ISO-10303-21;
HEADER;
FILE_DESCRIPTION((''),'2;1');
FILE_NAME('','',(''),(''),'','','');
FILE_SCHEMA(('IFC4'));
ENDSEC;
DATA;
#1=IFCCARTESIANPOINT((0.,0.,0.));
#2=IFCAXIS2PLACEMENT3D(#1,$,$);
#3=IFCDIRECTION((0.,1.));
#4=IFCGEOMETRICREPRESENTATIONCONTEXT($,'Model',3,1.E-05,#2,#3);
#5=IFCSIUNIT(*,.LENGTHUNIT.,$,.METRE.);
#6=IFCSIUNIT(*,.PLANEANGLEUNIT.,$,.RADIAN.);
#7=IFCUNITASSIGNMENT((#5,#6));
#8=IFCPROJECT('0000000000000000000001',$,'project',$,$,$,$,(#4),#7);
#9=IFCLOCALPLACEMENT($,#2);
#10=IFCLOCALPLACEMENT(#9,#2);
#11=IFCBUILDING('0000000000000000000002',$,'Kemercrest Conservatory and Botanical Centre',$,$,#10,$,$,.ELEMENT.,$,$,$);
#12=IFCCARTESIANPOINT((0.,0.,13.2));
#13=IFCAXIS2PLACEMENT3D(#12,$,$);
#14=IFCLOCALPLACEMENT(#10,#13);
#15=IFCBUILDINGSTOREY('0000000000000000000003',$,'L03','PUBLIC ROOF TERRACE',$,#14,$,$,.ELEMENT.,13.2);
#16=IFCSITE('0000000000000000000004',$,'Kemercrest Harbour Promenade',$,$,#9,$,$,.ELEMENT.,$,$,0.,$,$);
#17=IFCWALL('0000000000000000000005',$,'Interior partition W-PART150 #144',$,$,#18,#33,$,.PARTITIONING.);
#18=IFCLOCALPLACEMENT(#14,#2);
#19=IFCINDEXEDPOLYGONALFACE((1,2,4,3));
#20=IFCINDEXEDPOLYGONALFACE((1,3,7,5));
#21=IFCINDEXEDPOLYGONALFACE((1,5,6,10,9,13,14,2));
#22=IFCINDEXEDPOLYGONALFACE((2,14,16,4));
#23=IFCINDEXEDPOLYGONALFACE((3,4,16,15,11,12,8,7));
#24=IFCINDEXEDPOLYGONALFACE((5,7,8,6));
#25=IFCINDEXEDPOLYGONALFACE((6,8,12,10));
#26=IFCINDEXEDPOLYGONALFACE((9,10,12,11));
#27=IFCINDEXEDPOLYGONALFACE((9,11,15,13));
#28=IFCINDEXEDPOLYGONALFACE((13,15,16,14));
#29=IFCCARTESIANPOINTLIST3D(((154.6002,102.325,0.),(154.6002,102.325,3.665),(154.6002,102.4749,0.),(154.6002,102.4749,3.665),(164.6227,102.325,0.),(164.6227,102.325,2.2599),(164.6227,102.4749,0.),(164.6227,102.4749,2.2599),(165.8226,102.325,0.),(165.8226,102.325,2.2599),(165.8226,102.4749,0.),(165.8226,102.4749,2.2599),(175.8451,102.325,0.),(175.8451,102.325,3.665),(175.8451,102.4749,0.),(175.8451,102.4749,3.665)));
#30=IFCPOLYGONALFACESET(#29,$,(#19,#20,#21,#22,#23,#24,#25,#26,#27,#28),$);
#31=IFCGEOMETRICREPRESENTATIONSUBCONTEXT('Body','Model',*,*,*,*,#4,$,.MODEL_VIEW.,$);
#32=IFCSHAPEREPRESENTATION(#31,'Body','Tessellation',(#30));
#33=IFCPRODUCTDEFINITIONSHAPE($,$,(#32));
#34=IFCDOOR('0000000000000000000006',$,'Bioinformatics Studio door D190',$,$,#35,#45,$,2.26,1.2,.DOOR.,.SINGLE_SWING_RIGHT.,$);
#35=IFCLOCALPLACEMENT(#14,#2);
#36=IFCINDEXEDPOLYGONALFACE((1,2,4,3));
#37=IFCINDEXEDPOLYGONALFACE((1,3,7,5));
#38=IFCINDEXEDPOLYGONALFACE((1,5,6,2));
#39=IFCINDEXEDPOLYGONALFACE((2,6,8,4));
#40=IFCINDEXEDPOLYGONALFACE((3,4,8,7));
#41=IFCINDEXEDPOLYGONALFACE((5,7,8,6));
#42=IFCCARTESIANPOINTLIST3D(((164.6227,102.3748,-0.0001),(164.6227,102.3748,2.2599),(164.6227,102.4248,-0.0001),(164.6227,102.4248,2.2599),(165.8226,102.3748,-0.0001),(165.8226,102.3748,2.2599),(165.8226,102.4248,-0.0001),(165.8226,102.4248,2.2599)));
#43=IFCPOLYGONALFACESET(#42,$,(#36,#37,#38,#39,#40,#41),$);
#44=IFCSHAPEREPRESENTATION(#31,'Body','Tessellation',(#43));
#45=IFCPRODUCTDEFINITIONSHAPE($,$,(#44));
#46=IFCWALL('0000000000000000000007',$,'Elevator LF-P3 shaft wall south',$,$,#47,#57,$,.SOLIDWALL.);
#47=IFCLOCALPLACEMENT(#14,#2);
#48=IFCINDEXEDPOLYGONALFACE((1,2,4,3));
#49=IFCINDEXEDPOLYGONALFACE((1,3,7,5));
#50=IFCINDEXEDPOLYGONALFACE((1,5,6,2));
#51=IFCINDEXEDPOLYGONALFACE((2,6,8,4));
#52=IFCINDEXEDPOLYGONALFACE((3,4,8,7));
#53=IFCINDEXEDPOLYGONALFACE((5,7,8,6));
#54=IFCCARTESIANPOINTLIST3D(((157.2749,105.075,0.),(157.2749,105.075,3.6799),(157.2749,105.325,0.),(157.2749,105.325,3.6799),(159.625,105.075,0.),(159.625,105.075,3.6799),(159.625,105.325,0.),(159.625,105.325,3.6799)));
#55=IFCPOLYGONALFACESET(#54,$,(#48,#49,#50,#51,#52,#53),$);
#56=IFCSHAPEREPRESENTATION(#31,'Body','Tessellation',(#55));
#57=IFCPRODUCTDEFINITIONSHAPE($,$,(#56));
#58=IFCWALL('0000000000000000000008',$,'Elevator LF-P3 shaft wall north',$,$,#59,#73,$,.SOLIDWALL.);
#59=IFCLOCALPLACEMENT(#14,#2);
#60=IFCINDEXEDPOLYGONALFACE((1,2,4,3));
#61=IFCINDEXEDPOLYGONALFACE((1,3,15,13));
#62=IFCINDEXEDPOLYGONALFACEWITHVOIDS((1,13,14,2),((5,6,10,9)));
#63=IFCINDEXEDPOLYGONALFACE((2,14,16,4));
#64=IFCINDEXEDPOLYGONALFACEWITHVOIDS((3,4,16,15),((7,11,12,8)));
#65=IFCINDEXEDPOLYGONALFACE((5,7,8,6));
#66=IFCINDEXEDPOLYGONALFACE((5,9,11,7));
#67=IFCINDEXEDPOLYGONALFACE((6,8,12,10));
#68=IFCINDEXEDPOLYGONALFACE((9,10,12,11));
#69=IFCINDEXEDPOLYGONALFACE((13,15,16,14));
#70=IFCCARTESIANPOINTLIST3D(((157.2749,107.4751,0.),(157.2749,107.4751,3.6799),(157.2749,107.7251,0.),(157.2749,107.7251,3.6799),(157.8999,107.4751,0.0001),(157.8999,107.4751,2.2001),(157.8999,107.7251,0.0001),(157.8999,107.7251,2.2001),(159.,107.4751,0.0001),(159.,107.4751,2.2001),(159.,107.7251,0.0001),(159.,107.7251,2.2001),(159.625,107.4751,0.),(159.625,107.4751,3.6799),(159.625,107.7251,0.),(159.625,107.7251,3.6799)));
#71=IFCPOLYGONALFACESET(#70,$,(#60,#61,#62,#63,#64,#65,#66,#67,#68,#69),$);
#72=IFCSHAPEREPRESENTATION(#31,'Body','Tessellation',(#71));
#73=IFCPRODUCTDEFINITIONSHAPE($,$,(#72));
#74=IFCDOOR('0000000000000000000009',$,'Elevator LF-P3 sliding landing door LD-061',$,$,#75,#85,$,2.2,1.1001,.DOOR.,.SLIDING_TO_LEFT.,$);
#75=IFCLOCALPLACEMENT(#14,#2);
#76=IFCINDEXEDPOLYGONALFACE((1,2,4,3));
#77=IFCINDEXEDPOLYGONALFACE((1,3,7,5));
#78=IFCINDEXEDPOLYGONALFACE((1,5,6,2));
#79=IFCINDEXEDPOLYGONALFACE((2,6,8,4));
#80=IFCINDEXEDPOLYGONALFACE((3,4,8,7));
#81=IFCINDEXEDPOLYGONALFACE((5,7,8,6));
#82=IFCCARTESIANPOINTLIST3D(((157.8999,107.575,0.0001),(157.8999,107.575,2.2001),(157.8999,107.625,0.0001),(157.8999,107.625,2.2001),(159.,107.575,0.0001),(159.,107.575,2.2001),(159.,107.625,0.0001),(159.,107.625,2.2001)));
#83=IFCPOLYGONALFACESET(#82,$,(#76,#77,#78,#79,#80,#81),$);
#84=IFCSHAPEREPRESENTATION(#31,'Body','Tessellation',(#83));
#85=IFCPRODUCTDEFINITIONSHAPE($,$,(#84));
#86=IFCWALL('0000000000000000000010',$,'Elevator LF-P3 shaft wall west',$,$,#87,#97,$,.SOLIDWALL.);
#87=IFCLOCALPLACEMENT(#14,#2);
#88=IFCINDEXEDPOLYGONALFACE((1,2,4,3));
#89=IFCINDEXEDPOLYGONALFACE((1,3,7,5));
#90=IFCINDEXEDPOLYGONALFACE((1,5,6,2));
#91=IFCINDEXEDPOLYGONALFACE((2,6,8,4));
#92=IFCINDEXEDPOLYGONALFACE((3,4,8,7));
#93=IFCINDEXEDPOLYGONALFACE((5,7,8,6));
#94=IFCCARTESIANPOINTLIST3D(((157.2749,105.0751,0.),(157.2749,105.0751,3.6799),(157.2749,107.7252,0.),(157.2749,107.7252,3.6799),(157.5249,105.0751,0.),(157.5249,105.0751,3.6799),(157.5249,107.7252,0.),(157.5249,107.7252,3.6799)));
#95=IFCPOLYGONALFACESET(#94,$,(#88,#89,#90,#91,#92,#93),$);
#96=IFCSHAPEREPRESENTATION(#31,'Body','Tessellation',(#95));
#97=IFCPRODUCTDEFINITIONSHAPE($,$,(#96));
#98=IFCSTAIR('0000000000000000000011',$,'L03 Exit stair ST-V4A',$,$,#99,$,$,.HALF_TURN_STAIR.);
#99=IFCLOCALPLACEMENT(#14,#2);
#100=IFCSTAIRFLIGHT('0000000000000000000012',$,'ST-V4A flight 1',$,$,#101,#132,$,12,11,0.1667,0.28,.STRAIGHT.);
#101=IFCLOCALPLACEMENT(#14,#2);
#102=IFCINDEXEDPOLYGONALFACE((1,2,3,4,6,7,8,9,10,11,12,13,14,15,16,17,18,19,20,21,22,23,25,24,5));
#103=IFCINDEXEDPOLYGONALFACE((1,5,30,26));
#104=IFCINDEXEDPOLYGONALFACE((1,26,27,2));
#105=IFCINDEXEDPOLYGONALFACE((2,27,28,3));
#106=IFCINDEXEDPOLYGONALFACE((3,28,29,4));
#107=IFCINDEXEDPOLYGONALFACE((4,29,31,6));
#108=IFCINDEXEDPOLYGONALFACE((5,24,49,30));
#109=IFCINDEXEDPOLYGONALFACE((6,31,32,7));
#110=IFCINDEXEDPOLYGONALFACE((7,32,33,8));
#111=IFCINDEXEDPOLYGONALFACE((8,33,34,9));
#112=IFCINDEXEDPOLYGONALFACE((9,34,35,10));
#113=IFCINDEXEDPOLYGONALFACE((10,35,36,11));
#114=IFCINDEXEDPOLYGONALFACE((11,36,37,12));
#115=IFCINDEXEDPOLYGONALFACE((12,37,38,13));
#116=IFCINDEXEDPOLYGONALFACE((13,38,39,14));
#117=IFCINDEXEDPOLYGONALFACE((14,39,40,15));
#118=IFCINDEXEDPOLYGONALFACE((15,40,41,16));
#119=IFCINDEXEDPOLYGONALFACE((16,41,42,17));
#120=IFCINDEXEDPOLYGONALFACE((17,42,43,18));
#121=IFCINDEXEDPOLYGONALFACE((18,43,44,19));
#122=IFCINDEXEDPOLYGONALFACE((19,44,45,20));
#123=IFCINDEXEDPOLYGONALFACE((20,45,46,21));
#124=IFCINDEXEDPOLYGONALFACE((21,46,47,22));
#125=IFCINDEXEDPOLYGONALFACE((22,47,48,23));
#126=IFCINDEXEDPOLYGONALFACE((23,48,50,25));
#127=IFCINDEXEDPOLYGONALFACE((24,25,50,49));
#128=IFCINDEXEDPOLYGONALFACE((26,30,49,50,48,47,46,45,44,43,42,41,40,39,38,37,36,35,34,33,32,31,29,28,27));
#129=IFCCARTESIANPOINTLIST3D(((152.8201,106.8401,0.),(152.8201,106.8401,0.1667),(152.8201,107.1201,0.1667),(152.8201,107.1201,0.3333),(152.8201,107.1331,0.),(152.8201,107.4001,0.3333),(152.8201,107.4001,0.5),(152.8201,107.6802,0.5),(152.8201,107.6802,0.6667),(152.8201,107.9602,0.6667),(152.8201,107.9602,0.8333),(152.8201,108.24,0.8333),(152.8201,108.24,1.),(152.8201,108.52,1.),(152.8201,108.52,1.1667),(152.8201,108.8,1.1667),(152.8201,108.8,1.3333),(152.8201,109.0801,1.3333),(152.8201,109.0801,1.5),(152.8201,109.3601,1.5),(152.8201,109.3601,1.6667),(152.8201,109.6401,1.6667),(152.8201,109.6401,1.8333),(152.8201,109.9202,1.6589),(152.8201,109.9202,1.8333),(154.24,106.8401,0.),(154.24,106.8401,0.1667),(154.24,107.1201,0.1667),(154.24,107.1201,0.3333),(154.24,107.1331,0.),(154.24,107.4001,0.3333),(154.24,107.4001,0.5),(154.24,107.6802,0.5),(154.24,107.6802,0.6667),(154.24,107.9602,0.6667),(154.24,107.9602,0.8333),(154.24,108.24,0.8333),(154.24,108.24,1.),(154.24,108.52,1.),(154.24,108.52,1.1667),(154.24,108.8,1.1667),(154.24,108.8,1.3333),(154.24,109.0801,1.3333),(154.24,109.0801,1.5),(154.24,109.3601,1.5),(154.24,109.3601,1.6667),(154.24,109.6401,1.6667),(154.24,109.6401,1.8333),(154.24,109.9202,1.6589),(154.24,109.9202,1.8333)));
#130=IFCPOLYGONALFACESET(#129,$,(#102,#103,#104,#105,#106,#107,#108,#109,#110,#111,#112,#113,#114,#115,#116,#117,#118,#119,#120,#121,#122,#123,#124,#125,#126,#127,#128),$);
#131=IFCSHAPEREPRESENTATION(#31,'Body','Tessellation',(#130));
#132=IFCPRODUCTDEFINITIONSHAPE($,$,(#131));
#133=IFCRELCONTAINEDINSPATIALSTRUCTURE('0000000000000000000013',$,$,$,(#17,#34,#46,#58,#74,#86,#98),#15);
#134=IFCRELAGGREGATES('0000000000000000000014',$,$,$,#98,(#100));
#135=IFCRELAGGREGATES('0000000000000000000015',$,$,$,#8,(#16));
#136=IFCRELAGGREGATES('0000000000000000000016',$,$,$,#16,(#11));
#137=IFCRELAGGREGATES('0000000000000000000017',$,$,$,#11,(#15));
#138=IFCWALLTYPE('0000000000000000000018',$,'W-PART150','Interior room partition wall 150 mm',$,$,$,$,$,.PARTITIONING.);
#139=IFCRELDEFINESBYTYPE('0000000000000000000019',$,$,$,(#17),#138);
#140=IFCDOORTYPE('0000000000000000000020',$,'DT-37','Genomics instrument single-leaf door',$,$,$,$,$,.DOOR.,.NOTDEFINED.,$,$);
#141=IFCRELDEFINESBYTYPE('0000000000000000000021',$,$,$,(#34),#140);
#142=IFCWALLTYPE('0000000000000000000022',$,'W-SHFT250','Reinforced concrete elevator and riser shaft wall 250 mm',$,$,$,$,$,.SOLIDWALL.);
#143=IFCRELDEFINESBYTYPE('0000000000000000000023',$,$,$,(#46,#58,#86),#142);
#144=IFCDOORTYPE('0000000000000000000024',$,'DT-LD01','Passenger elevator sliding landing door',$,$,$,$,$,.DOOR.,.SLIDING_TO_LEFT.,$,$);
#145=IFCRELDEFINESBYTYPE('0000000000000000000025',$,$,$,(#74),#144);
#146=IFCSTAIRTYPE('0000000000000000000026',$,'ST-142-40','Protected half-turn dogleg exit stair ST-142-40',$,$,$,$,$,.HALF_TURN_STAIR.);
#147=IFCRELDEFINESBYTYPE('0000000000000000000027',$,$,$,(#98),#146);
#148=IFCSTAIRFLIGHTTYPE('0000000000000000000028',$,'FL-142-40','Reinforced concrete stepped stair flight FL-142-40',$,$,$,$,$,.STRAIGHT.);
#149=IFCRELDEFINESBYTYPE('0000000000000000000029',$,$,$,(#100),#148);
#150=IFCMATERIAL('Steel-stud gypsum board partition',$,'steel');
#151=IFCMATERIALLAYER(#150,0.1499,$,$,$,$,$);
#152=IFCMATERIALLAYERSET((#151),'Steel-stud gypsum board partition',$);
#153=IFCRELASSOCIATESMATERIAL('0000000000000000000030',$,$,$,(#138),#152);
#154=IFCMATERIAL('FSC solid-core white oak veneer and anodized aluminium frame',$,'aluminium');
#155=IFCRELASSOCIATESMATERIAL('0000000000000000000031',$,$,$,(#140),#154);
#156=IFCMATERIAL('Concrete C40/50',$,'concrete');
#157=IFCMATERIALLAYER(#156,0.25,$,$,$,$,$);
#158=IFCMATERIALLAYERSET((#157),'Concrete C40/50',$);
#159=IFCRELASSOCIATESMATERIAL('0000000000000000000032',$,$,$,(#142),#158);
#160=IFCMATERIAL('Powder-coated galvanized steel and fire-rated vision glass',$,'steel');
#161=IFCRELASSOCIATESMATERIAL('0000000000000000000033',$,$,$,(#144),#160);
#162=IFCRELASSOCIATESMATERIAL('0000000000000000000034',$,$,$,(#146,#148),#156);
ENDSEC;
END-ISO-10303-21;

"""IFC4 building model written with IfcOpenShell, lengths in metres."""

from ifc_helpers import new_model, si_unit, direction, frame, frame_2d, origin, place, context, subcontext, project, spatial, polyline, rectangle, outline, extrude, material, layer, layer_set, type_object, element, fill, aggregate, save


model = new_model("IFC4")

# Units and contexts
model_context = context("Model", 3, precision=1e-05, world=origin(), true_north=direction((0.0, 1.0)))
body_context = subcontext(model_context, "Body", "Model", "MODEL_VIEW")
ifc_project = project(units=[si_unit("LENGTHUNIT", "METRE"), si_unit("PLANEANGLEUNIT", "RADIAN")], contexts=[model_context])

# Site, building, storey
site_placement = place(None, origin())
site = spatial("IfcSite", under=ifc_project, at=site_placement, Name="Kemercrest Harbour Promenade", CompositionType="ELEMENT", RefElevation=0.0)
building_placement = place(site_placement, origin())
building = spatial("IfcBuilding", under=site, at=building_placement, Name="Kemercrest Conservatory and Botanical Centre", CompositionType="ELEMENT")
storey_placement = place(building_placement, frame((0.0, 0.0, 13.2)))
storey = spatial("IfcBuildingStorey", under=building, at=storey_placement, Name="L03", Description="PUBLIC ROOF TERRACE", CompositionType="ELEMENT", Elevation=13.2)

# Shared definitions
ifc_material_1 = material(Name="Concrete C40/50", Category="concrete")

# Shared definitions
ifc_material_2 = material(Name="Powder-coated galvanized steel and fire-rated vision glass", Category="steel")

# Wall, opening, door
ifc_material_3 = material(Name="Steel-stud gypsum board partition", Category="steel")
ifc_layer_1 = layer(ifc_material_3, 0.1499)
ifc_layer_set_1 = layer_set([ifc_layer_1], Name="Steel-stud gypsum board partition")
wall_type_1 = type_object("IfcWallType", Name="W-PART150", Description="Interior room partition wall 150 mm", PredefinedType="PARTITIONING", material=ifc_layer_set_1)
wall_1_placement = place(storey_placement, frame((154.6001, 102.3999, 0.0), z_axis=(0.0, 0.0, 1.0), x_axis=(1.0, 0.0, 0.0)))
wall_1 = element("IfcWall", 1, at=wall_1_placement, inside=storey, type_object=wall_type_1, Name="Interior partition W-PART150 #144", PredefinedType="PARTITIONING", context=body_context, shape_type="SweptSolid", body=[
    extrude(rectangle(XDim=21.2449, YDim=0.1499, at=frame_2d((10.6226, 0.0))), origin(), (0.0, 0.0, 1.0), 3.665),
])
opening_1_placement = place(wall_1_placement, frame((10.0225, 0.0, 0.0)))
opening_1 = element("IfcOpeningElement", 2, at=opening_1_placement, cuts=wall_1, PredefinedType="OPENING", context=body_context, shape_type="SweptSolid", body=[
    extrude(rectangle(XDim=1.2, YDim=2.26, at=frame_2d((0.6001, 1.1299))), frame((0.0, 0.085, 0.0), z_axis=(0.0, -1.0, 0.0), x_axis=(1.0, 0.0, 0.0)), (0.0, 0.0, 1.0), 0.1699),
])
ifc_material_4 = material(Name="FSC solid-core white oak veneer and anodized aluminium frame", Category="aluminium")
door_type_1 = type_object("IfcDoorType", Name="DT-37", Description="Genomics instrument single-leaf door", OperationType="NOTDEFINED", PredefinedType="DOOR", material=ifc_material_4)
door_1_placement = place(opening_1_placement, origin())
door_1 = element("IfcDoor", 3, at=door_1_placement, inside=storey, type_object=door_type_1, Name="Bioinformatics Studio door D190", OperationType="SINGLE_SWING_RIGHT", OverallHeight=2.26, OverallWidth=1.2, PredefinedType="DOOR", context=body_context, shape_type="SweptSolid", body=[
    extrude(rectangle(XDim=1.2, YDim=2.26, at=frame_2d((0.6001, 1.1299))), frame((0.0, 0.0249, 0.0), z_axis=(0.0, -1.0, 0.0), x_axis=(1.0, 0.0, 0.0)), (0.0, 0.0, 1.0), 0.05),
])
fill(opening_1, door_1)

# Wall
ifc_layer_2 = layer(ifc_material_1, 0.25)
ifc_layer_set_2 = layer_set([ifc_layer_2], Name="Concrete C40/50")
wall_type_2 = type_object("IfcWallType", Name="W-SHFT250", Description="Reinforced concrete elevator and riser shaft wall 250 mm", PredefinedType="SOLIDWALL", material=ifc_layer_set_2)
wall_2_placement = place(storey_placement, frame((157.2749, 105.2, 0.0), z_axis=(0.0, 0.0, 1.0), x_axis=(1.0, 0.0, 0.0)))
element("IfcWall", 4, at=wall_2_placement, inside=storey, type_object=wall_type_2, Name="Elevator LF-P3 shaft wall south", PredefinedType="SOLIDWALL", context=body_context, shape_type="SweptSolid", body=[
    extrude(rectangle(XDim=2.3501, YDim=0.25, at=frame_2d((1.175, 0.0))), origin(), (0.0, 0.0, 1.0), 3.6799),
])

# Wall, opening, door
wall_3_placement = place(storey_placement, frame((157.2749, 107.6001, 0.0), z_axis=(0.0, 0.0, 1.0), x_axis=(1.0, 0.0, 0.0)))
wall_3 = element("IfcWall", 5, at=wall_3_placement, inside=storey, type_object=wall_type_2, Name="Elevator LF-P3 shaft wall north", PredefinedType="SOLIDWALL", context=body_context, shape_type="SweptSolid", body=[
    extrude(rectangle(XDim=2.3501, YDim=0.25, at=frame_2d((1.175, 0.0))), origin(), (0.0, 0.0, 1.0), 3.6799),
])
opening_2_placement = place(wall_3_placement, frame((0.625, 0.0, 0.0)))
opening_2 = element("IfcOpeningElement", 6, at=opening_2_placement, cuts=wall_3, PredefinedType="OPENING", context=body_context, shape_type="SweptSolid", body=[
    extrude(rectangle(XDim=1.1001, YDim=2.2, at=frame_2d((0.55, 1.1001))), frame((0.0, 0.135, 0.0), z_axis=(0.0, -1.0, 0.0), x_axis=(1.0, 0.0, 0.0)), (0.0, 0.0, 1.0), 0.27),
])
door_type_2 = type_object("IfcDoorType", Name="DT-LD01", Description="Passenger elevator sliding landing door", OperationType="SLIDING_TO_LEFT", PredefinedType="DOOR", material=ifc_material_2)
door_2_placement = place(opening_2_placement, origin())
door_2 = element("IfcDoor", 7, at=door_2_placement, inside=storey, type_object=door_type_2, Name="Elevator LF-P3 sliding landing door LD-061", OperationType="SLIDING_TO_LEFT", OverallHeight=2.2, OverallWidth=1.1001, PredefinedType="DOOR", context=body_context, shape_type="SweptSolid", body=[
    extrude(rectangle(XDim=1.1001, YDim=2.2, at=frame_2d((0.55, 1.1001))), frame((0.0, 0.0249, 0.0), z_axis=(0.0, -1.0, 0.0), x_axis=(1.0, 0.0, 0.0)), (0.0, 0.0, 1.0), 0.05),
])
fill(opening_2, door_2)

# Wall
wall_4_placement = place(storey_placement, frame((157.3999, 105.075, 0.0), z_axis=(0.0, 0.0, 1.0), x_axis=(0.0, 1.0, 0.0)))
element("IfcWall", 8, at=wall_4_placement, inside=storey, type_object=wall_type_2, Name="Elevator LF-P3 shaft wall west", PredefinedType="SOLIDWALL", context=body_context, shape_type="SweptSolid", body=[
    extrude(rectangle(XDim=2.6501, YDim=0.25, at=frame_2d((1.3252, 0.0))), origin(), (0.0, 0.0, 1.0), 3.6799),
])

# Stair, stair flight
stair_type = type_object("IfcStairType", Name="ST-142-40", Description="Protected half-turn dogleg exit stair ST-142-40", PredefinedType="HALF_TURN_STAIR", material=ifc_material_1)
stair_placement = place(storey_placement, origin())
stair = element("IfcStair", 9, at=stair_placement, inside=storey, type_object=stair_type, Name="L03 Exit stair ST-V4A", PredefinedType="HALF_TURN_STAIR")
stair_flight_type = type_object("IfcStairFlightType", Name="FL-142-40", Description="Reinforced concrete stepped stair flight FL-142-40", PredefinedType="STRAIGHT", material=ifc_material_1)
stair_flight_placement = place(storey_placement, frame((153.53, 106.8401, 0.0), z_axis=(0.0, 0.0, 1.0), x_axis=(0.0, 1.0, 0.0)))
stair_flight = element("IfcStairFlight", 10, at=stair_flight_placement, type_object=stair_flight_type, Name="ST-V4A flight 1", NumberOfRisers=12, NumberOfTreads=11, PredefinedType="STRAIGHT", RiserHeight=0.1667, TreadLength=0.28, context=body_context, shape_type="SweptSolid", body=[
    extrude(outline(polyline([(0.0, 0.0), (0.0, 0.1667), (0.28, 0.1667), (0.28, 0.3333), (0.5601, 0.3333), (0.5601, 0.5), (0.8401, 0.5), (0.8401, 0.6667), (1.1201, 0.6667), (1.1201, 0.8333), (1.3999, 0.8333), (1.3999, 1.0), (1.6799, 1.0), (1.6799, 1.1667), (1.96, 1.1667), (1.96, 1.3333), (2.24, 1.3333), (2.24, 1.5), (2.52, 1.5), (2.52, 1.6667), (2.8, 1.6667), (2.8, 1.8333), (3.0801, 1.8333), (3.0801, 2.0), (3.0801, 1.6589), (0.293, 0.0), (0.0, 0.0)])), frame((0.0, 0.71, 0.0), z_axis=(0.0, -1.0, 0.0), x_axis=(1.0, 0.0, 0.0)), (0.0, 0.0, 1.0), 1.4199),
])
aggregate(stair, [stair_flight])

save(model, "model.ifc")
